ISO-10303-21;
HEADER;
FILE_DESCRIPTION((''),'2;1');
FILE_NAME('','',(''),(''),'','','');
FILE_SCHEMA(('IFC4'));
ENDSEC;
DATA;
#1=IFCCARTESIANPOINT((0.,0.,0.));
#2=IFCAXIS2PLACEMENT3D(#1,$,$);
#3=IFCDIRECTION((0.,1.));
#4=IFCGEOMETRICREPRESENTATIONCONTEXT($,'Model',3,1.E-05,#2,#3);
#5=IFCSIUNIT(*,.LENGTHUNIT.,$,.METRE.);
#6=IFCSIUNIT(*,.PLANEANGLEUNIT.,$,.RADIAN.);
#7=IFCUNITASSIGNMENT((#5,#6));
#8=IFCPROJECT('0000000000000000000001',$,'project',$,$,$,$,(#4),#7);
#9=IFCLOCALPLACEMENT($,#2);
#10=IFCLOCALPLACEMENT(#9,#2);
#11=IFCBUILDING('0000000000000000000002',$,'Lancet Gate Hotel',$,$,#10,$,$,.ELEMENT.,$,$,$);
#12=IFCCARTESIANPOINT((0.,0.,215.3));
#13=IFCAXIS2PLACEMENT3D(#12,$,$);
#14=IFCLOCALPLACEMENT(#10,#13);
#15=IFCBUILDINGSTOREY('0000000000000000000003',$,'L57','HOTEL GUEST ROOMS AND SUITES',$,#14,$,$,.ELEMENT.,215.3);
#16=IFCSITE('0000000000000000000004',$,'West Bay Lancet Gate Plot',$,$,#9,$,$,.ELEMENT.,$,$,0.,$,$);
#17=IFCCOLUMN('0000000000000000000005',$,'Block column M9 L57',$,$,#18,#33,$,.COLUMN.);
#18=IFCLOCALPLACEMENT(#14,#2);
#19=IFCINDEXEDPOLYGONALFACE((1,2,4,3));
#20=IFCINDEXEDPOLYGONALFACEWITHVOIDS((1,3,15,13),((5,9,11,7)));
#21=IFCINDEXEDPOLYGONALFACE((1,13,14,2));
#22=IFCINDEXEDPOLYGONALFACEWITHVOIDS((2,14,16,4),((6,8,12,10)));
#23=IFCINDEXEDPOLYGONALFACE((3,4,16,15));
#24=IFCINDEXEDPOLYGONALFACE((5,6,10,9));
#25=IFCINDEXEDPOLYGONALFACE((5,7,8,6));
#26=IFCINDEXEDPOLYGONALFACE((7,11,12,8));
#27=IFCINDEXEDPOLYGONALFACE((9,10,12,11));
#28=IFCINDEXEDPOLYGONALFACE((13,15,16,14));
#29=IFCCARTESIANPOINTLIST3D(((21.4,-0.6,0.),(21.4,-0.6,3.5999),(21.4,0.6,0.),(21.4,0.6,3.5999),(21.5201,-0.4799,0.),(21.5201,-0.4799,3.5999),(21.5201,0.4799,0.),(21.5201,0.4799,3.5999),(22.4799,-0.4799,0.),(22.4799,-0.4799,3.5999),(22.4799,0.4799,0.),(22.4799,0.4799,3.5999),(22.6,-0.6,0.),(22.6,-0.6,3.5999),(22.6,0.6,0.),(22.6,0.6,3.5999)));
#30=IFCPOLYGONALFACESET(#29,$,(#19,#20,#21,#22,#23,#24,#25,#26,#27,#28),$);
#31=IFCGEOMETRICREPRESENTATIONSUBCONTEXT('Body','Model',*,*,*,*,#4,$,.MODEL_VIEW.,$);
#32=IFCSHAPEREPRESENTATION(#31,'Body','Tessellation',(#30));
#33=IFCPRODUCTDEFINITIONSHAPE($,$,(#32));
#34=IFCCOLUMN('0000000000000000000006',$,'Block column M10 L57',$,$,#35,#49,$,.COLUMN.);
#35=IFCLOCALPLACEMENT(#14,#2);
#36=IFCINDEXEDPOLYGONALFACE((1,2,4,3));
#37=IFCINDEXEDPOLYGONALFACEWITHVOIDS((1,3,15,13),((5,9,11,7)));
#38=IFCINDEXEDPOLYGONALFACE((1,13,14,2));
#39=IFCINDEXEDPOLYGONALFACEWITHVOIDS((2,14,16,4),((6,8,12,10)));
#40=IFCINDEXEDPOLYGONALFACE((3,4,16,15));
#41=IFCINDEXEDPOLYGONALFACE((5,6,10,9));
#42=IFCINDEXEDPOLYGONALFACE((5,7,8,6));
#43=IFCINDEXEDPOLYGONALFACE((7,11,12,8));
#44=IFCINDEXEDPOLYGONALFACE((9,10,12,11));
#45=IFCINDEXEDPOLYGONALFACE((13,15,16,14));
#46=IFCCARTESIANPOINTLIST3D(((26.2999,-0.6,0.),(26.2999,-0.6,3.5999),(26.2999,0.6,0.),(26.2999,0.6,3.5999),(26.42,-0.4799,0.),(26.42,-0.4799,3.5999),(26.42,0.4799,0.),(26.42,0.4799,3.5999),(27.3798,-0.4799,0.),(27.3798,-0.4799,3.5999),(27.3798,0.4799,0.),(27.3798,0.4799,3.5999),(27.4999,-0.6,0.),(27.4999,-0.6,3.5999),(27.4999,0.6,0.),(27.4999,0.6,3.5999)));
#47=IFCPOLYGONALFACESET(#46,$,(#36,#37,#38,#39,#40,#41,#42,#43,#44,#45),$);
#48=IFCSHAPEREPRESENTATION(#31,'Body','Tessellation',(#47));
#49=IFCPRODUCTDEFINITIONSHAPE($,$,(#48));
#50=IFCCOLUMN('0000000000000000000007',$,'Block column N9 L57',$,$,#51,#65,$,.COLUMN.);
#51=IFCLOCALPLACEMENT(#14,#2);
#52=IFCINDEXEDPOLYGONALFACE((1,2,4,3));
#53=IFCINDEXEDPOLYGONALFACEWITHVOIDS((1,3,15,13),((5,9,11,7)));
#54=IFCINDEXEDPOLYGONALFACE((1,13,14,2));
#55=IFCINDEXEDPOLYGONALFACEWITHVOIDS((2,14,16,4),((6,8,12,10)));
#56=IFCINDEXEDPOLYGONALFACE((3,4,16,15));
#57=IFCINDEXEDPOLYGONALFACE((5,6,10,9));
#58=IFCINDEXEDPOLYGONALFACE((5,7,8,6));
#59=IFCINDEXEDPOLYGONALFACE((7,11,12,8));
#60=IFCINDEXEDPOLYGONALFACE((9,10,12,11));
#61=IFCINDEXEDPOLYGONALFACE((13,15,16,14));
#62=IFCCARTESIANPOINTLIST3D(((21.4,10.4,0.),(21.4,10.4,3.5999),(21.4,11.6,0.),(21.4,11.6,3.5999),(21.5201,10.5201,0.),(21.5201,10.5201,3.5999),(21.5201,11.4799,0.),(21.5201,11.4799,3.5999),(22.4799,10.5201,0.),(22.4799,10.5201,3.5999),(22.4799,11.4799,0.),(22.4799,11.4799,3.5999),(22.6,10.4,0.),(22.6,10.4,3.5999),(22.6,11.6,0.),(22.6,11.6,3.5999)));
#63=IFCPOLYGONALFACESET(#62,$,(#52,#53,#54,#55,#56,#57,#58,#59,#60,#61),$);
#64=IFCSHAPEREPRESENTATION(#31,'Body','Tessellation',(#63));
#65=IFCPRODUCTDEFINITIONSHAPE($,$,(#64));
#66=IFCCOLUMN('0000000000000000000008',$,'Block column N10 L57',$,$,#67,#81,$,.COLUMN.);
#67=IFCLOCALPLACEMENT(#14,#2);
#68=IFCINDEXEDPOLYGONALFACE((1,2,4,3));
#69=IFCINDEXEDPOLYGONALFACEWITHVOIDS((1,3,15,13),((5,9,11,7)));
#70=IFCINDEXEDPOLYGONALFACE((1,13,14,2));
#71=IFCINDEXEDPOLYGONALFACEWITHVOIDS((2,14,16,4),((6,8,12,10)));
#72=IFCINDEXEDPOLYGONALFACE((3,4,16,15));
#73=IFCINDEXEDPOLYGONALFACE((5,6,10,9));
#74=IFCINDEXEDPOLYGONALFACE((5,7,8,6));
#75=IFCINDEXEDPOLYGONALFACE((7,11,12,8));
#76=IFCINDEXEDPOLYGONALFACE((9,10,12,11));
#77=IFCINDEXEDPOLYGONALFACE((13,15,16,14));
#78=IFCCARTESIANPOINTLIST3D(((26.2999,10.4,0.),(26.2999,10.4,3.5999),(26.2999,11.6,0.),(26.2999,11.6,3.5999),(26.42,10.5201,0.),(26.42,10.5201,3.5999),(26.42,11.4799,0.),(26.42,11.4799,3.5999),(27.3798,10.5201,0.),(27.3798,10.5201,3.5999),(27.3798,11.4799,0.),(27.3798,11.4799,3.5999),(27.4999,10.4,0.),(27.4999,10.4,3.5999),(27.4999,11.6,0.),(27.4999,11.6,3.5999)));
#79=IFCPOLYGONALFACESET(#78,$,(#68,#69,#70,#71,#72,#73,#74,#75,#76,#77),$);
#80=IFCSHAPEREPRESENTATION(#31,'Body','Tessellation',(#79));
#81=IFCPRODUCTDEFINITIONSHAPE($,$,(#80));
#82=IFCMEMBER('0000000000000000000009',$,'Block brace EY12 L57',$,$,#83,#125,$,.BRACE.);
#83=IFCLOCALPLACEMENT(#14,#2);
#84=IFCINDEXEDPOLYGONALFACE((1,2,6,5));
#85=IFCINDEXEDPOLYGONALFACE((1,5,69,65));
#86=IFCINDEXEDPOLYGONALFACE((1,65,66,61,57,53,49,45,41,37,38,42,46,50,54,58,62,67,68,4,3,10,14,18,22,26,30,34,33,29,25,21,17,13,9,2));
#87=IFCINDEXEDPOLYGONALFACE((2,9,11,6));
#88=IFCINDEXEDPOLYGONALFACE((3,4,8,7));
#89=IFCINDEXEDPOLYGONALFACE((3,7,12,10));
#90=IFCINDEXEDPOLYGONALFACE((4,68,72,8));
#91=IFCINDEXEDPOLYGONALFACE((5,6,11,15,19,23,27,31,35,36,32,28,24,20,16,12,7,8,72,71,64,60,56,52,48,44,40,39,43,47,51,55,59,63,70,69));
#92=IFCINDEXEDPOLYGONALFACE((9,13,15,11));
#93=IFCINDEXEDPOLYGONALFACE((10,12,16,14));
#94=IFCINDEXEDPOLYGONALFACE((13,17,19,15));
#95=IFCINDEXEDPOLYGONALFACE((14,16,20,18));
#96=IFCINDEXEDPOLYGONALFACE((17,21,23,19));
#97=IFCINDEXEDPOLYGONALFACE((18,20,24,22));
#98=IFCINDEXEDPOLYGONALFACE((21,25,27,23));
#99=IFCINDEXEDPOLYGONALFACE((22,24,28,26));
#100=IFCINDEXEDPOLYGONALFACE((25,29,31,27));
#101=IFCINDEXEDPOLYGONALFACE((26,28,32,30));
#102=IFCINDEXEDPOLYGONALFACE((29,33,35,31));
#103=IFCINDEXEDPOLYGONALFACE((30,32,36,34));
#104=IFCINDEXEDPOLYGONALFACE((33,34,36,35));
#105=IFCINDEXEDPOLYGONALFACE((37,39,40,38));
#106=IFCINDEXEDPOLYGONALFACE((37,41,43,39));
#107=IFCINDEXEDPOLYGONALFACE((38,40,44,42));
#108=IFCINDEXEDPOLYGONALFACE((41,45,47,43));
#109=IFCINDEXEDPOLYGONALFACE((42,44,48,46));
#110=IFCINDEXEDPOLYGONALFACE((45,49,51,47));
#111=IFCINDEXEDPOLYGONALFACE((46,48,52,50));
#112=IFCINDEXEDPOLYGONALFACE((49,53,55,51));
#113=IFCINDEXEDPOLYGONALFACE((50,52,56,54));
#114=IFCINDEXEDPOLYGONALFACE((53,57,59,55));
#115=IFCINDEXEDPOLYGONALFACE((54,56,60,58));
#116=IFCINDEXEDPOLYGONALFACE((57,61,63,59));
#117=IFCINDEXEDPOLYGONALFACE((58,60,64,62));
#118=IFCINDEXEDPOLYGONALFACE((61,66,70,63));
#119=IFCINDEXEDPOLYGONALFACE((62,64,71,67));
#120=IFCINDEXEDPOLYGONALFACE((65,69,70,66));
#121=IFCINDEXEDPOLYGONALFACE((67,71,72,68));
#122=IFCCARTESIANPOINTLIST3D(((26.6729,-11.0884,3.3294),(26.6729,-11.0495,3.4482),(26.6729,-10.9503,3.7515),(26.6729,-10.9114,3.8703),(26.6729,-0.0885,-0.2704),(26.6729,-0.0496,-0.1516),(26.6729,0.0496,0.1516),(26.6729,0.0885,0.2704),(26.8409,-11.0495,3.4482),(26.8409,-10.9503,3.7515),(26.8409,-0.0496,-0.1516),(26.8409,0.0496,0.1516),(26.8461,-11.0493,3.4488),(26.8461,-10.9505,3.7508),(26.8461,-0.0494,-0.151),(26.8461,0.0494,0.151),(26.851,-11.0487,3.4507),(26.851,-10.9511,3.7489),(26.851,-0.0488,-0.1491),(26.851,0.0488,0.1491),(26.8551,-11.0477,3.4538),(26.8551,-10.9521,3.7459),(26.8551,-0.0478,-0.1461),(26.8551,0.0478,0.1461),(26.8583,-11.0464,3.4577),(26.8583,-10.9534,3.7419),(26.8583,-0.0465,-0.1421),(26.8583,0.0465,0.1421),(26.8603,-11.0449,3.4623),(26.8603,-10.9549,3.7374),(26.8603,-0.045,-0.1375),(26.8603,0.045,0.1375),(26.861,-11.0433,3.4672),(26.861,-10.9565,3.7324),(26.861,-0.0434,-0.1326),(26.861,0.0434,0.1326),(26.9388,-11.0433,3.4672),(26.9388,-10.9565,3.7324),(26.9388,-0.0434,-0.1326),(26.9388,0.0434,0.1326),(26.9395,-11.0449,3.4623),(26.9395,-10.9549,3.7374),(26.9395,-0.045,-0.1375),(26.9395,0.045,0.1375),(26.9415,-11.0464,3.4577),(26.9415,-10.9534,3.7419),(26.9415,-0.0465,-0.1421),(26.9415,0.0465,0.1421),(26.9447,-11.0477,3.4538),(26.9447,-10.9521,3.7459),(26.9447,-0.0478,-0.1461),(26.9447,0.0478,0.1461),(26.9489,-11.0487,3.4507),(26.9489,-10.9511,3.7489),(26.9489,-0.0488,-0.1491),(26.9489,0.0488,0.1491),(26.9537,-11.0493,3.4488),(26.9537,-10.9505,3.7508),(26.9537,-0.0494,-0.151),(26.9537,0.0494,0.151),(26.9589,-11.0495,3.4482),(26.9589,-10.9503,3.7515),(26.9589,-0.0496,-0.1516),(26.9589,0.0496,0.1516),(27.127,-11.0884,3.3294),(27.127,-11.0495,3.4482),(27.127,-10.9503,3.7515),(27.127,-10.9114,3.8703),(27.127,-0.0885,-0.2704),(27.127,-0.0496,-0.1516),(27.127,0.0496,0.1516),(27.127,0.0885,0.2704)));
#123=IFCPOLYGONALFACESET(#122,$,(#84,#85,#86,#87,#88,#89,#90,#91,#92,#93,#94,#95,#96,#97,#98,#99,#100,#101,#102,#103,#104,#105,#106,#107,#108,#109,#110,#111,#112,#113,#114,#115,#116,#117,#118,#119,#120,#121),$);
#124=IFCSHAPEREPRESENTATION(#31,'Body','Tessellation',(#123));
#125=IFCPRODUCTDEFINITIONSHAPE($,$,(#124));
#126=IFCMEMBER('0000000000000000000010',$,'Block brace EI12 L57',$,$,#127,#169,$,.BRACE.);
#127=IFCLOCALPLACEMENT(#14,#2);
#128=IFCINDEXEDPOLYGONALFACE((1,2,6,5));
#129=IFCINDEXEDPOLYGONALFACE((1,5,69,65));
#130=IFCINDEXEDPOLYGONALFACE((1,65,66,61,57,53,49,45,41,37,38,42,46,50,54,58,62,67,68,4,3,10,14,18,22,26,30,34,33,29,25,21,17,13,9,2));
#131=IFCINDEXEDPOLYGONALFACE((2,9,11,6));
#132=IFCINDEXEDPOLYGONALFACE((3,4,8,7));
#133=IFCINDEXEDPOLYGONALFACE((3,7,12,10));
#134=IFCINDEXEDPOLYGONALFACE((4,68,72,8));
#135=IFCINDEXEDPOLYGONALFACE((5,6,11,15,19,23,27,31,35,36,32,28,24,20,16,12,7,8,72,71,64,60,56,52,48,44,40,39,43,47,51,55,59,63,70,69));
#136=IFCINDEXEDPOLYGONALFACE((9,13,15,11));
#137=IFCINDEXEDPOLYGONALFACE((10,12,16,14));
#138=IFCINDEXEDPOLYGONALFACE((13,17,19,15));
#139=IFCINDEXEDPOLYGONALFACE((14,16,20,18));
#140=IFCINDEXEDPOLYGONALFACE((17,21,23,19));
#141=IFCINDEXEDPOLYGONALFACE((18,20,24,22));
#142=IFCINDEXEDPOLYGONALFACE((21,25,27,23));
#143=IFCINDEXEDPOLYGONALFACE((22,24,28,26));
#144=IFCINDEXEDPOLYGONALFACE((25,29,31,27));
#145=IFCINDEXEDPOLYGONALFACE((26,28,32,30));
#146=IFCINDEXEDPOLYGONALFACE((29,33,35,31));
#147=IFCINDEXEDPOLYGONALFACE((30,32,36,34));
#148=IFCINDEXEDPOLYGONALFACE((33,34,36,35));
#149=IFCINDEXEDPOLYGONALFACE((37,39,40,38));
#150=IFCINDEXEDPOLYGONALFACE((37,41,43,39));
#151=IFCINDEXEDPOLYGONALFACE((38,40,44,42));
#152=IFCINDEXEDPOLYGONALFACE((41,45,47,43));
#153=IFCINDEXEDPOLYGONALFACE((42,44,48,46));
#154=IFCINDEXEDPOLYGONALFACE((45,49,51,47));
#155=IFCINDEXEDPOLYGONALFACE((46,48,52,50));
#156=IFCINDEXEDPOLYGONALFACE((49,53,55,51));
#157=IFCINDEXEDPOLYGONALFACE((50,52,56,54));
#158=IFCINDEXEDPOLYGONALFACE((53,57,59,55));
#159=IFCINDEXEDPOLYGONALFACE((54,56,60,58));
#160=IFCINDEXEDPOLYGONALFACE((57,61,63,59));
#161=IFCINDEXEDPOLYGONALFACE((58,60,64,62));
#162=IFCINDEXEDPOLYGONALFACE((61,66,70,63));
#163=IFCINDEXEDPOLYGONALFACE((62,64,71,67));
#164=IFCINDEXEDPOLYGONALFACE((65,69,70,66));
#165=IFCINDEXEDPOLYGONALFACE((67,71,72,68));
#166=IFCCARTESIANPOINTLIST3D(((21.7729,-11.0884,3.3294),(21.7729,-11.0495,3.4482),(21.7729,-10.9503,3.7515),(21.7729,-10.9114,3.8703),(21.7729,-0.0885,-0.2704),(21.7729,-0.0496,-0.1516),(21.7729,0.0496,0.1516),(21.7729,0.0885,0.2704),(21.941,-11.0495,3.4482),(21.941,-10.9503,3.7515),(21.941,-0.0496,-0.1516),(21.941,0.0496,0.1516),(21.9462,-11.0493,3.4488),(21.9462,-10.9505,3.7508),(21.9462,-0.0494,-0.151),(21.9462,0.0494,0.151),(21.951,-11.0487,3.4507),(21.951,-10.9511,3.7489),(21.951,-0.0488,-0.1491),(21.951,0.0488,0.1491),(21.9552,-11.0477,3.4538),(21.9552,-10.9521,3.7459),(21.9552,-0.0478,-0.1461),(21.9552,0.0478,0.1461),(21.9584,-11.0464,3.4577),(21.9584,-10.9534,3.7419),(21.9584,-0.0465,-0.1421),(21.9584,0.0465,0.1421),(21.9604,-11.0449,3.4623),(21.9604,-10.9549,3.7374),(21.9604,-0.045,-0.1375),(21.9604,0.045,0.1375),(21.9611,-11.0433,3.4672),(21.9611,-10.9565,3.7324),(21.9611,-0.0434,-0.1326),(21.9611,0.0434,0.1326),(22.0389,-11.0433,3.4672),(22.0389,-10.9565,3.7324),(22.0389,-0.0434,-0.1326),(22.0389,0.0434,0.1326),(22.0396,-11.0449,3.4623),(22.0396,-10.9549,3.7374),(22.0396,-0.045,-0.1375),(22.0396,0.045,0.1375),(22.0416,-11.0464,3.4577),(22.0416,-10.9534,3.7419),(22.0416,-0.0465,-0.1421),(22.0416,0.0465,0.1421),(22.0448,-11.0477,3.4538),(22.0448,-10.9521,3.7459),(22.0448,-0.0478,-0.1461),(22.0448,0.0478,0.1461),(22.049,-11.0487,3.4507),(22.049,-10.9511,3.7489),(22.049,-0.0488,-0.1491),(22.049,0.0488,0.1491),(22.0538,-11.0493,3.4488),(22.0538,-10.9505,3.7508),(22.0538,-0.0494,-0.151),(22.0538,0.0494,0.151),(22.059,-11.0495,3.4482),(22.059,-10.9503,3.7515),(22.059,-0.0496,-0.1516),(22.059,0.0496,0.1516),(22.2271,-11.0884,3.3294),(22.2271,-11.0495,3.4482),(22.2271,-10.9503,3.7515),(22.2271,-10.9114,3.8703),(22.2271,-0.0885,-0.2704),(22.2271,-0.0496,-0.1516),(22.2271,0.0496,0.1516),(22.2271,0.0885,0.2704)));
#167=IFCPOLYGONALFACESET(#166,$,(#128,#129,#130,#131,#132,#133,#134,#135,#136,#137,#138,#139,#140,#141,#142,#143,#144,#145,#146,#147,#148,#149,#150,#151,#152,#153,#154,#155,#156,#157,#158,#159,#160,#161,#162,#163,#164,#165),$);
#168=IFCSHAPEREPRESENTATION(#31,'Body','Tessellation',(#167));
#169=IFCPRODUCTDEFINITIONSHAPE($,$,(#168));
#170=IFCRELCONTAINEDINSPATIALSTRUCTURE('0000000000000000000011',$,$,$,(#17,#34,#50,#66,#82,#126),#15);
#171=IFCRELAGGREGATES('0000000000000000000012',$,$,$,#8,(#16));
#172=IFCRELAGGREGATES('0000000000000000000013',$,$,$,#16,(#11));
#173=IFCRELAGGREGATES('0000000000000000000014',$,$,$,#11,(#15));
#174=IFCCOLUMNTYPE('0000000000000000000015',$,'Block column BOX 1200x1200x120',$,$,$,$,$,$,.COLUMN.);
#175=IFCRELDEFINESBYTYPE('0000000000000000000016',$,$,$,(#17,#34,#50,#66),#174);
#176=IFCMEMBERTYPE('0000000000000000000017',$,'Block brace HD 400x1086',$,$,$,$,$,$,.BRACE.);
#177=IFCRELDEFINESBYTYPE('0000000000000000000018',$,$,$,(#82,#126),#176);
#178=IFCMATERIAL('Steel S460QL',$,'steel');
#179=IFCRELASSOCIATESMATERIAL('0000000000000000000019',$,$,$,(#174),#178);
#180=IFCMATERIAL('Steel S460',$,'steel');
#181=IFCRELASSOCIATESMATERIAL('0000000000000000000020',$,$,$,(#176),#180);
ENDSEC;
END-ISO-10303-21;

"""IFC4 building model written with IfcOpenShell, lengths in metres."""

from ifc_helpers import new_model, si_unit, direction, frame, origin, origin_2d, place, context, subcontext, project, spatial, hollow_rectangle, i_section, extrude, material, material_profile, profile_set, type_object, element, save


model = new_model("IFC4")

# Units and contexts
model_context = context("Model", 3, precision=1e-05, world=origin(), true_north=direction((0.0, 1.0)))
body_context = subcontext(model_context, "Body", "Model", "MODEL_VIEW")
ifc_project = project(units=[si_unit("LENGTHUNIT", "METRE"), si_unit("PLANEANGLEUNIT", "RADIAN")], contexts=[model_context])

# Site, building, storey
site_placement = place(None, origin())
site = spatial("IfcSite", under=ifc_project, at=site_placement, Name="West Bay Lancet Gate Plot", CompositionType="ELEMENT", RefElevation=0.0)
building_placement = place(site_placement, origin())
building = spatial("IfcBuilding", under=site, at=building_placement, Name="Lancet Gate Hotel", CompositionType="ELEMENT")
storey_placement = place(building_placement, frame((0.0, 0.0, 215.3)))
storey = spatial("IfcBuildingStorey", under=building, at=storey_placement, Name="L57", Description="HOTEL GUEST ROOMS AND SUITES", CompositionType="ELEMENT", Elevation=215.3)

# Columns
ifc_material_1 = material(Name="Steel S460QL", Category="steel")
ifc_material_profile_1 = material_profile(ifc_material_1, hollow_rectangle(XDim=1.2, YDim=1.2, WallThickness=0.1201, at=origin_2d()), Name="BOX 1200x1200x120")
ifc_profile_set_1 = profile_set([ifc_material_profile_1], Name="Steel S460QL")
column_type = type_object("IfcColumnType", Name="Block column BOX 1200x1200x120", PredefinedType="COLUMN", material=ifc_profile_set_1)
for number, where, z_axis, x_axis, name in (
    (1, (22.0, 0.0, 0.0), (0.0, 0.0, 1.0), (1.0, 0.0, 0.0), "Block column M9 L57"),
    (2, (26.8999, 0.0, 0.0), (0.0, 0.0, 1.0), (1.0, 0.0, 0.0), "Block column M10 L57"),
    (3, (22.0, 11.0, 0.0), (0.0, 0.0, 1.0), (1.0, 0.0, 0.0), "Block column N9 L57"),
    (4, (26.8999, 11.0, 0.0), (0.0, 0.0, 1.0), (1.0, 0.0, 0.0), "Block column N10 L57"),
):
    element("IfcColumn", number, at=place(storey_placement, frame(where, z_axis=z_axis, x_axis=x_axis)), inside=storey, type_object=column_type, Name=name, PredefinedType="COLUMN", context=body_context, shape_type="SweptSolid", body=[
        extrude(hollow_rectangle(XDim=1.2, YDim=1.2, WallThickness=0.1201, at=origin_2d()), origin(), (0.0, 0.0, 1.0), 3.5999),
    ])

# Members
ifc_material_2 = material(Name="Steel S460", Category="steel")
ifc_material_profile_2 = material_profile(ifc_material_2, i_section(OverallWidth=0.4541, OverallDepth=0.5691, WebThickness=0.0779, FlangeThickness=0.125, FilletRadius=0.02, at=origin_2d()), Name="HD 400x1086")
ifc_profile_set_2 = profile_set([ifc_material_profile_2], Name="Steel S460")
member_type = type_object("IfcMemberType", Name="Block brace HD 400x1086", PredefinedType="BRACE", material=ifc_profile_set_2)
for number, where, z_axis, x_axis, name in (
    (5, (26.8999, 0.0, 0.0), (0.0, -0.950401, 0.311028), (1.0, 0.0, 0.0), "Block brace EY12 L57"),
    (6, (22.0, 0.0, 0.0), (0.0, -0.950401, 0.311028), (1.0, 0.0, 0.0), "Block brace EI12 L57"),
):
    element("IfcMember", number, at=place(storey_placement, frame(where, z_axis=z_axis, x_axis=x_axis)), inside=storey, type_object=member_type, Name=name, PredefinedType="BRACE", context=body_context, shape_type="SweptSolid", body=[
        extrude(i_section(OverallWidth=0.4541, OverallDepth=0.5691, WebThickness=0.0779, FlangeThickness=0.125, FilletRadius=0.02, at=origin_2d()), origin(), (0.0, 0.0, 1.0), 11.574),
    ])

save(model, "model.ifc")
